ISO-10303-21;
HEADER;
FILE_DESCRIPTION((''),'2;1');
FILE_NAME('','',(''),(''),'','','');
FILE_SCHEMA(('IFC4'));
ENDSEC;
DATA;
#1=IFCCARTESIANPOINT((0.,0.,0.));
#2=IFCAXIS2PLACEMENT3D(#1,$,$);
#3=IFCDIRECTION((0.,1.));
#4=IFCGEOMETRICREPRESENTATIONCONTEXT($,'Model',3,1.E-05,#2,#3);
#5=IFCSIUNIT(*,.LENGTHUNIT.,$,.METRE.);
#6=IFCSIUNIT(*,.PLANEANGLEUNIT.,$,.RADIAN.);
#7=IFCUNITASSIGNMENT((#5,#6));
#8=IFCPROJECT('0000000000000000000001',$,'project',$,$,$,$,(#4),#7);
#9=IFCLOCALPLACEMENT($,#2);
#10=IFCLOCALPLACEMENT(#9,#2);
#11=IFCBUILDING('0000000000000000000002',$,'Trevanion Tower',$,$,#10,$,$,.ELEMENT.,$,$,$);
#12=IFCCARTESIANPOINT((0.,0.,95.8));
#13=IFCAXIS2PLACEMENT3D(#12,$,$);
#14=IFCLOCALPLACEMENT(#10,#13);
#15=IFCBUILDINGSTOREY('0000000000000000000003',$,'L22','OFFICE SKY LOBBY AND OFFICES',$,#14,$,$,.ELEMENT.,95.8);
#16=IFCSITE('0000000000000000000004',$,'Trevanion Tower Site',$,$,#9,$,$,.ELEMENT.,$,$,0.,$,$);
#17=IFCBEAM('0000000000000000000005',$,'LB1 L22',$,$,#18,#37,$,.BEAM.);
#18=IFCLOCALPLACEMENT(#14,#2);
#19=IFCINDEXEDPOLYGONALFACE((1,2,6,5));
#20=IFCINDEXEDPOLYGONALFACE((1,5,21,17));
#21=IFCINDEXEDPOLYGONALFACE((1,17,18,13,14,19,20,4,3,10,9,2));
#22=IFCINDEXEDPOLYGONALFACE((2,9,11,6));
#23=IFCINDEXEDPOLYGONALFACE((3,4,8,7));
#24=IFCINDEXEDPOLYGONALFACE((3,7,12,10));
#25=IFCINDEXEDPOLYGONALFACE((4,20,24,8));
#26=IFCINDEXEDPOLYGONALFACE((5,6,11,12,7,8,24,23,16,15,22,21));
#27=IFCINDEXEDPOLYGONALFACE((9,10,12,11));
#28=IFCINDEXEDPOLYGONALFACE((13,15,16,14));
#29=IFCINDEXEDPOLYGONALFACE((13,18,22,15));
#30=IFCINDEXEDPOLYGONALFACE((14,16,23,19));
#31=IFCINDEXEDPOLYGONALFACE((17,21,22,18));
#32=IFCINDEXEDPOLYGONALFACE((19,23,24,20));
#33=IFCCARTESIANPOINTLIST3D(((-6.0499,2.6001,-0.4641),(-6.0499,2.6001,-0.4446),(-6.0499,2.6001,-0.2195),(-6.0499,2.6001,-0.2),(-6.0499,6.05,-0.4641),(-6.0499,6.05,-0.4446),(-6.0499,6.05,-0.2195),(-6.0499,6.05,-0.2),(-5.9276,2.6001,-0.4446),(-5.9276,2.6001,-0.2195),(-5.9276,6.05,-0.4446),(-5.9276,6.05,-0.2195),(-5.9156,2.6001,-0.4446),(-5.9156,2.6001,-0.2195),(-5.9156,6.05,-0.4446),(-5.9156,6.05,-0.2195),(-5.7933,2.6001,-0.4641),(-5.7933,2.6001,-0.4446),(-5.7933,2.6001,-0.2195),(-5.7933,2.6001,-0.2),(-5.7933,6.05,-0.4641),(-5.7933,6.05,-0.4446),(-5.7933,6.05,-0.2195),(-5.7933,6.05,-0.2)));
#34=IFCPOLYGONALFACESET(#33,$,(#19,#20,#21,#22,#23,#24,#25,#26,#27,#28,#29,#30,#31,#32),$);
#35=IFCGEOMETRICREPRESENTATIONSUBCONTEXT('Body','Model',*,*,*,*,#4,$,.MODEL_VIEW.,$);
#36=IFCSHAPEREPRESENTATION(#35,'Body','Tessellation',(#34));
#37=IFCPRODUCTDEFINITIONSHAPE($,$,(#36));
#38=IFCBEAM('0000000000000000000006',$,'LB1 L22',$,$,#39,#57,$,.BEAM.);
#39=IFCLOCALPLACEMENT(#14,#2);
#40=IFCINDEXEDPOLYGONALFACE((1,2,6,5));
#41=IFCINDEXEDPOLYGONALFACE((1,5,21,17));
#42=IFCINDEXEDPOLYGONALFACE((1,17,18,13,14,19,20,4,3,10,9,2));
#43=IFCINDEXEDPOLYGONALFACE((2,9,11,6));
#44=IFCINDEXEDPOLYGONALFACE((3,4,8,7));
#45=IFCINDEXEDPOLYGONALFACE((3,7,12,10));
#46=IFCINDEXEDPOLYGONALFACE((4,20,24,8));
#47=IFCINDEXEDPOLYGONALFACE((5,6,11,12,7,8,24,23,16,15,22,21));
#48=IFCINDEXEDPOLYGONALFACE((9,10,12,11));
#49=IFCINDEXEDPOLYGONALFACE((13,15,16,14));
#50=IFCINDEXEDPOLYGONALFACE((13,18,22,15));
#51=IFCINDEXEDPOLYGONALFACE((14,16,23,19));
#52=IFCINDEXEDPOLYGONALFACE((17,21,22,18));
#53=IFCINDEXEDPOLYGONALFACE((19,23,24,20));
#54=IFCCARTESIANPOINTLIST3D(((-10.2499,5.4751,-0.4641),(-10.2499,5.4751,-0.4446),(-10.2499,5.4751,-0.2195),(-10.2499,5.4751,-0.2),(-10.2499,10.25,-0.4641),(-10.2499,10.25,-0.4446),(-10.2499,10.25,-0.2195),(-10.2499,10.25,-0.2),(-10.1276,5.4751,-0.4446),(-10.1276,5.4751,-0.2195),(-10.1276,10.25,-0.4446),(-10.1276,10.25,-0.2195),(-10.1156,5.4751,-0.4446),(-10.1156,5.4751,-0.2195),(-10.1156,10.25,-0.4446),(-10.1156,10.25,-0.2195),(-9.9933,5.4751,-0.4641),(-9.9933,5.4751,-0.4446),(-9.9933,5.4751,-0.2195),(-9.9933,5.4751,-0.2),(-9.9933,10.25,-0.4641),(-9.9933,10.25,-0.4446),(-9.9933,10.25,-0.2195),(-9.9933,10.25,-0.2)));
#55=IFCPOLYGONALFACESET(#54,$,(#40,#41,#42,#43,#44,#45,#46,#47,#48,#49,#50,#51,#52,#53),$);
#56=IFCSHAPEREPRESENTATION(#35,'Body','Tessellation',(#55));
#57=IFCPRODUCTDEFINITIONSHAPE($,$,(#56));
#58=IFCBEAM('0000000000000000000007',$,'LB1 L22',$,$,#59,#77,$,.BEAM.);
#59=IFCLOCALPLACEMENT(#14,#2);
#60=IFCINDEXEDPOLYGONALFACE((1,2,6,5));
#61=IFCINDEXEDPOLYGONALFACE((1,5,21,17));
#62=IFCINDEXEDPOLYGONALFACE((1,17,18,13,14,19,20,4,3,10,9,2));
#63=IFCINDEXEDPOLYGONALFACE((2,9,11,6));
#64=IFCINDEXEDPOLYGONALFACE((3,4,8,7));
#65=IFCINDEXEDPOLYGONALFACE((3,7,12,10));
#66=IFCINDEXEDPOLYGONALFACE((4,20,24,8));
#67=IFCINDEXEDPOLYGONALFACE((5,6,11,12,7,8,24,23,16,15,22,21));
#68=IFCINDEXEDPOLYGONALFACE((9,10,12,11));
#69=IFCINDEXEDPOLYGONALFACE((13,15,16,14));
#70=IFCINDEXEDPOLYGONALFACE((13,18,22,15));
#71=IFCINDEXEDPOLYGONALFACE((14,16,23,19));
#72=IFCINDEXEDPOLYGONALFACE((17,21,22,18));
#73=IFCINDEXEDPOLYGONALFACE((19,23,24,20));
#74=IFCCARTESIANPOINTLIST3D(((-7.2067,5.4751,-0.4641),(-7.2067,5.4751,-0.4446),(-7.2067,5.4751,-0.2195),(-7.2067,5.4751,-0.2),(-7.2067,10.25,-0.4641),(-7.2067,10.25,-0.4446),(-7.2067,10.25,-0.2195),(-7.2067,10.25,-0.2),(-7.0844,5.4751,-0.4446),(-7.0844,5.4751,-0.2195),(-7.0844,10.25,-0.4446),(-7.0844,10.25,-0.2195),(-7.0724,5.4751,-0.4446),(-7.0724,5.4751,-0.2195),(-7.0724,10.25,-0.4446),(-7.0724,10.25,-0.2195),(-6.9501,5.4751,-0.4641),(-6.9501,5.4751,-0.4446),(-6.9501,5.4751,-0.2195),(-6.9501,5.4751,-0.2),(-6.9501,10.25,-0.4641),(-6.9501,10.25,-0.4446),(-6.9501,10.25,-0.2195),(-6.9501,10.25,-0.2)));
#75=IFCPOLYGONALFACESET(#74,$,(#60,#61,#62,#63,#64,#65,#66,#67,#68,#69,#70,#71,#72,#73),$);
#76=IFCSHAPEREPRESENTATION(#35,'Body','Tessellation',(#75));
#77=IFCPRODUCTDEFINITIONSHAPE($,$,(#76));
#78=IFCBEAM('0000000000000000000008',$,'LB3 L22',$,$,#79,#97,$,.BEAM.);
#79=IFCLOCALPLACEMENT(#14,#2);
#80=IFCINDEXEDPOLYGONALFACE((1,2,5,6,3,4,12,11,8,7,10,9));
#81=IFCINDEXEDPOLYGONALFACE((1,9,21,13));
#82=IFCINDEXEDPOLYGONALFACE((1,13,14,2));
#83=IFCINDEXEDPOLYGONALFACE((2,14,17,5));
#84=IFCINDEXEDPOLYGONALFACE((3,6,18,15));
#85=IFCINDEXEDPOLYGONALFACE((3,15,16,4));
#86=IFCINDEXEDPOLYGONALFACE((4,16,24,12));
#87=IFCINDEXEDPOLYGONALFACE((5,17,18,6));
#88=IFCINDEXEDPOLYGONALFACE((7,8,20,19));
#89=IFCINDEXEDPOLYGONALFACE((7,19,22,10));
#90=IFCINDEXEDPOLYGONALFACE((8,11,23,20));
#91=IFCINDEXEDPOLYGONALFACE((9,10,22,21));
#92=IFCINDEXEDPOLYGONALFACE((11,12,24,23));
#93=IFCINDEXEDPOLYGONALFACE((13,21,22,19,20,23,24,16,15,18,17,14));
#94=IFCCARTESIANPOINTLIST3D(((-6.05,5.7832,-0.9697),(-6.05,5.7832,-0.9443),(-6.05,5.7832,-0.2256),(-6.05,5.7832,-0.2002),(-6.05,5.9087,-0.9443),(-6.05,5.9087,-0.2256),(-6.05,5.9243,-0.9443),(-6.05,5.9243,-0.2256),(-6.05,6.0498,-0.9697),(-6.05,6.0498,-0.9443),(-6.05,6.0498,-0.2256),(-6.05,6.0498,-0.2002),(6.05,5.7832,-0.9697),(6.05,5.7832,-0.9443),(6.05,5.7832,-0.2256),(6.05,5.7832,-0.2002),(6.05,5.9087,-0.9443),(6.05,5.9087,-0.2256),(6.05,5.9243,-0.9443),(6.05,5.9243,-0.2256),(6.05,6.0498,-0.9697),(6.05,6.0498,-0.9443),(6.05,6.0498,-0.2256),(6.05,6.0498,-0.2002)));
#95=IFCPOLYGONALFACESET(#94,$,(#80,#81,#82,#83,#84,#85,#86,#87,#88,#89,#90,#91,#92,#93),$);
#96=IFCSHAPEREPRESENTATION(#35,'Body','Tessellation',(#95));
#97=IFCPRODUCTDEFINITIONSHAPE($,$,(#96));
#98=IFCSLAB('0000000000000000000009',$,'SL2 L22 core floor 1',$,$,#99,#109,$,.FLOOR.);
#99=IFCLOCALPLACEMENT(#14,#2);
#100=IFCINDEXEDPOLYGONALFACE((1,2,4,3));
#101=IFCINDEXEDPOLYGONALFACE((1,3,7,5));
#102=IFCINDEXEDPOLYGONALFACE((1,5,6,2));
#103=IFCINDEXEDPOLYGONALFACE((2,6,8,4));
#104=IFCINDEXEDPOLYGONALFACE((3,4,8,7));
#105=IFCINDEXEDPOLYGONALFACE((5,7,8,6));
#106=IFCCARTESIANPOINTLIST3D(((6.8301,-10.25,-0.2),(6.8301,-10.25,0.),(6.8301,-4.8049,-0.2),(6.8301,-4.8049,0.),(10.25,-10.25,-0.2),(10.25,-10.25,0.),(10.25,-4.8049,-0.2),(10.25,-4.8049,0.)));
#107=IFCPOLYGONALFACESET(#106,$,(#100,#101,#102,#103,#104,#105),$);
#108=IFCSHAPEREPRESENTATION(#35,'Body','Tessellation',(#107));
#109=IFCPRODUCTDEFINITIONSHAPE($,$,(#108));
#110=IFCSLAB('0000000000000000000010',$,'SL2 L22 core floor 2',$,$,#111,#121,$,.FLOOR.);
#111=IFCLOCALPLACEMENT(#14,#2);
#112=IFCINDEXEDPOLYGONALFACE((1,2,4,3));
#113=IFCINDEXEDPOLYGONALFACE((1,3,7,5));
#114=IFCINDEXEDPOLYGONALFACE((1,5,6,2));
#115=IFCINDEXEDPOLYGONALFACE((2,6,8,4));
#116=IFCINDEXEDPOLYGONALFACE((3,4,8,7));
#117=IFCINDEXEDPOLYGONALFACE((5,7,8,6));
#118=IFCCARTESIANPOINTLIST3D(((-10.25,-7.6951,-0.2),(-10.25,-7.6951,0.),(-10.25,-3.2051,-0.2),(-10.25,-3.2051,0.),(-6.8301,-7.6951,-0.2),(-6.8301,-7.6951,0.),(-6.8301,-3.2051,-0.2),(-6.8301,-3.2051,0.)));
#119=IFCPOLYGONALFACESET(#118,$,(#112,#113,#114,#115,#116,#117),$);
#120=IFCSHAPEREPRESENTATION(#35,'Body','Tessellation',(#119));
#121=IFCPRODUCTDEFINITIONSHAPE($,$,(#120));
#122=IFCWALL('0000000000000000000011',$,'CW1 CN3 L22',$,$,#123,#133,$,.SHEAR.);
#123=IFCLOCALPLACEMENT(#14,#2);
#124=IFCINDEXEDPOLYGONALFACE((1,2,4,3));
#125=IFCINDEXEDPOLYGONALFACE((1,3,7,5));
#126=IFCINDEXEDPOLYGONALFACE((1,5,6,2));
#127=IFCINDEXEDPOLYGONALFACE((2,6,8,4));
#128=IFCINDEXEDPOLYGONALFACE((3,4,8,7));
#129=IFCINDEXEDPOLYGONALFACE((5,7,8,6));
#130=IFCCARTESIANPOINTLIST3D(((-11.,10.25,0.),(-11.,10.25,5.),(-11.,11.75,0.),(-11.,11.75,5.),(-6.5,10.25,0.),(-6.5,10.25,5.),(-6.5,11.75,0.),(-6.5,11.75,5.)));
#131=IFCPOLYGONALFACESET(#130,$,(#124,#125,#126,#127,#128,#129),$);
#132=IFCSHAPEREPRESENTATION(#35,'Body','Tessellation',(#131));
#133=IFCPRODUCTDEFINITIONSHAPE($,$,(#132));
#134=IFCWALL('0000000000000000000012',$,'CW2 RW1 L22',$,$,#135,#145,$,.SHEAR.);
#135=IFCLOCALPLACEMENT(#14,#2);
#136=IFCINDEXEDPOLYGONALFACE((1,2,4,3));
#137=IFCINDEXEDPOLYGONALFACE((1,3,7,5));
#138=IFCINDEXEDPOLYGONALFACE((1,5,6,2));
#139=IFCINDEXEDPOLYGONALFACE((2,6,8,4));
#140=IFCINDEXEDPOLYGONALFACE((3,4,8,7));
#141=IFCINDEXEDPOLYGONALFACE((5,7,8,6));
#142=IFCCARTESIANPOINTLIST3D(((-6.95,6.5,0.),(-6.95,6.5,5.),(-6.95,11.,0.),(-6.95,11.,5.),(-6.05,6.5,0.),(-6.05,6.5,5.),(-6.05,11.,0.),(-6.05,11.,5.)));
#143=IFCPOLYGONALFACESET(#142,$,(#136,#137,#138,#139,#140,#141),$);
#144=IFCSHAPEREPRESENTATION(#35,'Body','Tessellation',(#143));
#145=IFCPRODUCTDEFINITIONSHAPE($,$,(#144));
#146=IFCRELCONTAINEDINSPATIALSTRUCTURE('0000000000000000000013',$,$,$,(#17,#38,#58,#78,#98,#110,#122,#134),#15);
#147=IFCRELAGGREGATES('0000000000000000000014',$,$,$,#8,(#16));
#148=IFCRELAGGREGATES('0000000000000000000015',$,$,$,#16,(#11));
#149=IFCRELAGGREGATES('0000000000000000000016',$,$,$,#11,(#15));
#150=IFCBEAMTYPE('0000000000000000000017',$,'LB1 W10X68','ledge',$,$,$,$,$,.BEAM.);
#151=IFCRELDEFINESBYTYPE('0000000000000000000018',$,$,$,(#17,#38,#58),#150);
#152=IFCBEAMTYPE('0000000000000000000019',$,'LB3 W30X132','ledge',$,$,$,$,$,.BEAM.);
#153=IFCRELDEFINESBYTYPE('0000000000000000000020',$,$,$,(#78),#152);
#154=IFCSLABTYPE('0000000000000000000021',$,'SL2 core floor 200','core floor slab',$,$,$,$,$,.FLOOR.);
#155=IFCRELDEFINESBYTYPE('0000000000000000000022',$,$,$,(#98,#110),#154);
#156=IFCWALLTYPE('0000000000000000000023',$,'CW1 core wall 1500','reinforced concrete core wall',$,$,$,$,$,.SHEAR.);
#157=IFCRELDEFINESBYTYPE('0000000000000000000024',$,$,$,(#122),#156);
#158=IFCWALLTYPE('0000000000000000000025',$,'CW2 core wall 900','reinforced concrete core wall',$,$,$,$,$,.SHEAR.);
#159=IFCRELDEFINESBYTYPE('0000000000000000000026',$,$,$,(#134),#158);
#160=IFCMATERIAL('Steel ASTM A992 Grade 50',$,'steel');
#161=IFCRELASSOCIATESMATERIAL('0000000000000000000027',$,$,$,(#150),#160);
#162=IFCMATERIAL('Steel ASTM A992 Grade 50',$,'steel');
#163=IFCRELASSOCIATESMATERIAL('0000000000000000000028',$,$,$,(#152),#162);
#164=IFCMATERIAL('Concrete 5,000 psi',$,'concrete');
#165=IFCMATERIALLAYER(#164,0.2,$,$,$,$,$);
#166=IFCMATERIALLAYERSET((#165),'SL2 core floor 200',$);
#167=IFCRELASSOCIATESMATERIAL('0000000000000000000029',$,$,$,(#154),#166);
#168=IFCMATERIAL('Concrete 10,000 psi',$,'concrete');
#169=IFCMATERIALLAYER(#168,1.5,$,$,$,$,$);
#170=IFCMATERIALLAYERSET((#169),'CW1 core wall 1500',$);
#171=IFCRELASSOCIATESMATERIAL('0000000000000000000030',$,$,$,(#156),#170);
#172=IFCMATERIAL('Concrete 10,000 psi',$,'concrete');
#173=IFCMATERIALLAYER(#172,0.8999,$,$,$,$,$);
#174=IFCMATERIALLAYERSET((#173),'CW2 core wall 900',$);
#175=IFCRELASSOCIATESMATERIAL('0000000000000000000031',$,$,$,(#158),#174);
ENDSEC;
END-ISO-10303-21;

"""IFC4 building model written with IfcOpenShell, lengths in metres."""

from ifc_helpers import new_model, si_unit, direction, frame, frame_2d, origin, origin_2d, place, context, subcontext, project, spatial, polyline, rectangle, i_section, outline, extrude, material, layer, layer_set, material_profile, profile_set, type_object, element, save


model = new_model("IFC4")

# Units and contexts
model_context = context("Model", 3, precision=1e-05, world=origin(), true_north=direction((0.0, 1.0)))
body_context = subcontext(model_context, "Body", "Model", "MODEL_VIEW")
ifc_project = project(units=[si_unit("LENGTHUNIT", "METRE"), si_unit("PLANEANGLEUNIT", "RADIAN")], contexts=[model_context])

# Site, building, storey
site_placement = place(None, origin())
site = spatial("IfcSite", under=ifc_project, at=site_placement, Name="Trevanion Tower Site", CompositionType="ELEMENT", RefElevation=0.0)
building_placement = place(site_placement, origin())
building = spatial("IfcBuilding", under=site, at=building_placement, Name="Trevanion Tower", CompositionType="ELEMENT")
storey_placement = place(building_placement, frame((0.0, 0.0, 95.8)))
storey = spatial("IfcBuildingStorey", under=building, at=storey_placement, Name="L22", Description="OFFICE SKY LOBBY AND OFFICES", CompositionType="ELEMENT", Elevation=95.8)

# Beams
ifc_material_1 = material(Name="Steel ASTM A992 Grade 50", Category="steel")
ifc_material_profile_1 = material_profile(ifc_material_1, i_section(OverallWidth=0.2566, OverallDepth=0.2642, WebThickness=0.012, FlangeThickness=0.0195, at=origin_2d()), Name="W10X68")
ifc_profile_set_1 = profile_set([ifc_material_profile_1], Name="Steel ASTM A992 Grade 50")
beam_type_1 = type_object("IfcBeamType", Name="LB1 W10X68", Description="ledge", PredefinedType="BEAM", material=ifc_profile_set_1)
beam_1_placement = place(storey_placement, frame((-5.9216, 2.6001, -0.332), z_axis=(0.0, 1.0, 0.0), x_axis=(-1.0, 0.0, 0.0)))
element("IfcBeam", 1, at=beam_1_placement, inside=storey, type_object=beam_type_1, Name="LB1 L22", PredefinedType="BEAM", context=body_context, shape_type="SweptSolid", body=[
    extrude(i_section(OverallWidth=0.2566, OverallDepth=0.2642, WebThickness=0.012, FlangeThickness=0.0195, at=origin_2d()), origin(), (0.0, 0.0, 1.0), 3.45),
])
for number, where, z_axis, x_axis, name in (
    (2, (-10.1216, 5.4751, -0.332), (0.0, 1.0, 0.0), (-1.0, 0.0, 0.0), "LB1 L22"),
    (3, (-7.0784, 5.4751, -0.332), (0.0, 1.0, 0.0), (-1.0, 0.0, 0.0), "LB1 L22"),
):
    element("IfcBeam", number, at=place(storey_placement, frame(where, z_axis=z_axis, x_axis=x_axis)), inside=storey, type_object=beam_type_1, Name=name, PredefinedType="BEAM", context=body_context, shape_type="SweptSolid", body=[
        extrude(i_section(OverallWidth=0.2566, OverallDepth=0.2642, WebThickness=0.012, FlangeThickness=0.0195, at=origin_2d()), origin(), (0.0, 0.0, 1.0), 4.7749),
    ])
ifc_material_2 = material(Name="Steel ASTM A992 Grade 50", Category="steel")
ifc_material_profile_2 = material_profile(ifc_material_2, i_section(OverallWidth=0.2666, OverallDepth=0.7695, WebThickness=0.0156, FlangeThickness=0.0254, at=origin_2d()), Name="W30X132")
ifc_profile_set_2 = profile_set([ifc_material_profile_2], Name="Steel ASTM A992 Grade 50")
beam_type_2 = type_object("IfcBeamType", Name="LB3 W30X132", Description="ledge", PredefinedType="BEAM", material=ifc_profile_set_2)
beam_2_placement = place(storey_placement, frame((-6.05, 5.9165, -0.585), z_axis=(1.0, 0.0, 0.0), x_axis=(0.0, 1.0, 0.0)))
element("IfcBeam", 4, at=beam_2_placement, inside=storey, type_object=beam_type_2, Name="LB3 L22", PredefinedType="BEAM", context=body_context, shape_type="SweptSolid", body=[
    extrude(i_section(OverallWidth=0.2666, OverallDepth=0.7695, WebThickness=0.0156, FlangeThickness=0.0254, at=origin_2d()), origin(), (0.0, 0.0, 1.0), 12.1001),
])

# Slabs
ifc_material_3 = material(Name="Concrete 5,000 psi", Category="concrete")
ifc_layer_1 = layer(ifc_material_3, 0.2)
ifc_layer_set_1 = layer_set([ifc_layer_1], Name="SL2 core floor 200")
slab_type = type_object("IfcSlabType", Name="SL2 core floor 200", Description="core floor slab", PredefinedType="FLOOR", material=ifc_layer_set_1)
slab_1_placement = place(storey_placement, frame((0.0, 0.0, -0.2)))
element("IfcSlab", 5, at=slab_1_placement, inside=storey, type_object=slab_type, Name="SL2 L22 core floor 1", PredefinedType="FLOOR", context=body_context, shape_type="SweptSolid", body=[
    extrude(outline(polyline([(10.25, -4.8049), (10.25, -10.25), (6.8301, -10.25), (6.8301, -4.8049), (10.25, -4.8049)])), origin(), (0.0, 0.0, 1.0), 0.2),
])
slab_2_placement = place(storey_placement, frame((0.0, 0.0, -0.2)))
element("IfcSlab", 6, at=slab_2_placement, inside=storey, type_object=slab_type, Name="SL2 L22 core floor 2", PredefinedType="FLOOR", context=body_context, shape_type="SweptSolid", body=[
    extrude(outline(polyline([(-6.8301, -3.2051), (-6.8301, -7.6951), (-10.25, -7.6951), (-10.25, -3.2051), (-6.8301, -3.2051)])), origin(), (0.0, 0.0, 1.0), 0.2),
])

# Walls
ifc_material_4 = material(Name="Concrete 10,000 psi", Category="concrete")
ifc_layer_2 = layer(ifc_material_4, 1.5)
ifc_layer_set_2 = layer_set([ifc_layer_2], Name="CW1 core wall 1500")
wall_type_1 = type_object("IfcWallType", Name="CW1 core wall 1500", Description="reinforced concrete core wall", PredefinedType="SHEAR", material=ifc_layer_set_2)
wall_1_placement = place(storey_placement, frame((-6.5, 11.0, 0.0), z_axis=(0.0, 0.0, 1.0), x_axis=(-1.0, 0.0, 0.0)))
element("IfcWall", 7, at=wall_1_placement, inside=storey, type_object=wall_type_1, Name="CW1 CN3 L22", PredefinedType="SHEAR", context=body_context, shape_type="SweptSolid", body=[
    extrude(rectangle(XDim=4.5, YDim=1.5, at=frame_2d((2.25, 0.0))), origin(), (0.0, 0.0, 1.0), 5.0),
])
ifc_material_5 = material(Name="Concrete 10,000 psi", Category="concrete")
ifc_layer_3 = layer(ifc_material_5, 0.8999)
ifc_layer_set_3 = layer_set([ifc_layer_3], Name="CW2 core wall 900")
wall_type_2 = type_object("IfcWallType", Name="CW2 core wall 900", Description="reinforced concrete core wall", PredefinedType="SHEAR", material=ifc_layer_set_3)
wall_2_placement = place(storey_placement, frame((-6.5, 11.0, 0.0), z_axis=(0.0, 0.0, 1.0), x_axis=(0.0, -1.0, 0.0)))
element("IfcWall", 8, at=wall_2_placement, inside=storey, type_object=wall_type_2, Name="CW2 RW1 L22", PredefinedType="SHEAR", context=body_context, shape_type="SweptSolid", body=[
    extrude(rectangle(XDim=4.5, YDim=0.8999, at=frame_2d((2.25, 0.0))), origin(), (0.0, 0.0, 1.0), 5.0),
])

save(model, "model.ifc")
